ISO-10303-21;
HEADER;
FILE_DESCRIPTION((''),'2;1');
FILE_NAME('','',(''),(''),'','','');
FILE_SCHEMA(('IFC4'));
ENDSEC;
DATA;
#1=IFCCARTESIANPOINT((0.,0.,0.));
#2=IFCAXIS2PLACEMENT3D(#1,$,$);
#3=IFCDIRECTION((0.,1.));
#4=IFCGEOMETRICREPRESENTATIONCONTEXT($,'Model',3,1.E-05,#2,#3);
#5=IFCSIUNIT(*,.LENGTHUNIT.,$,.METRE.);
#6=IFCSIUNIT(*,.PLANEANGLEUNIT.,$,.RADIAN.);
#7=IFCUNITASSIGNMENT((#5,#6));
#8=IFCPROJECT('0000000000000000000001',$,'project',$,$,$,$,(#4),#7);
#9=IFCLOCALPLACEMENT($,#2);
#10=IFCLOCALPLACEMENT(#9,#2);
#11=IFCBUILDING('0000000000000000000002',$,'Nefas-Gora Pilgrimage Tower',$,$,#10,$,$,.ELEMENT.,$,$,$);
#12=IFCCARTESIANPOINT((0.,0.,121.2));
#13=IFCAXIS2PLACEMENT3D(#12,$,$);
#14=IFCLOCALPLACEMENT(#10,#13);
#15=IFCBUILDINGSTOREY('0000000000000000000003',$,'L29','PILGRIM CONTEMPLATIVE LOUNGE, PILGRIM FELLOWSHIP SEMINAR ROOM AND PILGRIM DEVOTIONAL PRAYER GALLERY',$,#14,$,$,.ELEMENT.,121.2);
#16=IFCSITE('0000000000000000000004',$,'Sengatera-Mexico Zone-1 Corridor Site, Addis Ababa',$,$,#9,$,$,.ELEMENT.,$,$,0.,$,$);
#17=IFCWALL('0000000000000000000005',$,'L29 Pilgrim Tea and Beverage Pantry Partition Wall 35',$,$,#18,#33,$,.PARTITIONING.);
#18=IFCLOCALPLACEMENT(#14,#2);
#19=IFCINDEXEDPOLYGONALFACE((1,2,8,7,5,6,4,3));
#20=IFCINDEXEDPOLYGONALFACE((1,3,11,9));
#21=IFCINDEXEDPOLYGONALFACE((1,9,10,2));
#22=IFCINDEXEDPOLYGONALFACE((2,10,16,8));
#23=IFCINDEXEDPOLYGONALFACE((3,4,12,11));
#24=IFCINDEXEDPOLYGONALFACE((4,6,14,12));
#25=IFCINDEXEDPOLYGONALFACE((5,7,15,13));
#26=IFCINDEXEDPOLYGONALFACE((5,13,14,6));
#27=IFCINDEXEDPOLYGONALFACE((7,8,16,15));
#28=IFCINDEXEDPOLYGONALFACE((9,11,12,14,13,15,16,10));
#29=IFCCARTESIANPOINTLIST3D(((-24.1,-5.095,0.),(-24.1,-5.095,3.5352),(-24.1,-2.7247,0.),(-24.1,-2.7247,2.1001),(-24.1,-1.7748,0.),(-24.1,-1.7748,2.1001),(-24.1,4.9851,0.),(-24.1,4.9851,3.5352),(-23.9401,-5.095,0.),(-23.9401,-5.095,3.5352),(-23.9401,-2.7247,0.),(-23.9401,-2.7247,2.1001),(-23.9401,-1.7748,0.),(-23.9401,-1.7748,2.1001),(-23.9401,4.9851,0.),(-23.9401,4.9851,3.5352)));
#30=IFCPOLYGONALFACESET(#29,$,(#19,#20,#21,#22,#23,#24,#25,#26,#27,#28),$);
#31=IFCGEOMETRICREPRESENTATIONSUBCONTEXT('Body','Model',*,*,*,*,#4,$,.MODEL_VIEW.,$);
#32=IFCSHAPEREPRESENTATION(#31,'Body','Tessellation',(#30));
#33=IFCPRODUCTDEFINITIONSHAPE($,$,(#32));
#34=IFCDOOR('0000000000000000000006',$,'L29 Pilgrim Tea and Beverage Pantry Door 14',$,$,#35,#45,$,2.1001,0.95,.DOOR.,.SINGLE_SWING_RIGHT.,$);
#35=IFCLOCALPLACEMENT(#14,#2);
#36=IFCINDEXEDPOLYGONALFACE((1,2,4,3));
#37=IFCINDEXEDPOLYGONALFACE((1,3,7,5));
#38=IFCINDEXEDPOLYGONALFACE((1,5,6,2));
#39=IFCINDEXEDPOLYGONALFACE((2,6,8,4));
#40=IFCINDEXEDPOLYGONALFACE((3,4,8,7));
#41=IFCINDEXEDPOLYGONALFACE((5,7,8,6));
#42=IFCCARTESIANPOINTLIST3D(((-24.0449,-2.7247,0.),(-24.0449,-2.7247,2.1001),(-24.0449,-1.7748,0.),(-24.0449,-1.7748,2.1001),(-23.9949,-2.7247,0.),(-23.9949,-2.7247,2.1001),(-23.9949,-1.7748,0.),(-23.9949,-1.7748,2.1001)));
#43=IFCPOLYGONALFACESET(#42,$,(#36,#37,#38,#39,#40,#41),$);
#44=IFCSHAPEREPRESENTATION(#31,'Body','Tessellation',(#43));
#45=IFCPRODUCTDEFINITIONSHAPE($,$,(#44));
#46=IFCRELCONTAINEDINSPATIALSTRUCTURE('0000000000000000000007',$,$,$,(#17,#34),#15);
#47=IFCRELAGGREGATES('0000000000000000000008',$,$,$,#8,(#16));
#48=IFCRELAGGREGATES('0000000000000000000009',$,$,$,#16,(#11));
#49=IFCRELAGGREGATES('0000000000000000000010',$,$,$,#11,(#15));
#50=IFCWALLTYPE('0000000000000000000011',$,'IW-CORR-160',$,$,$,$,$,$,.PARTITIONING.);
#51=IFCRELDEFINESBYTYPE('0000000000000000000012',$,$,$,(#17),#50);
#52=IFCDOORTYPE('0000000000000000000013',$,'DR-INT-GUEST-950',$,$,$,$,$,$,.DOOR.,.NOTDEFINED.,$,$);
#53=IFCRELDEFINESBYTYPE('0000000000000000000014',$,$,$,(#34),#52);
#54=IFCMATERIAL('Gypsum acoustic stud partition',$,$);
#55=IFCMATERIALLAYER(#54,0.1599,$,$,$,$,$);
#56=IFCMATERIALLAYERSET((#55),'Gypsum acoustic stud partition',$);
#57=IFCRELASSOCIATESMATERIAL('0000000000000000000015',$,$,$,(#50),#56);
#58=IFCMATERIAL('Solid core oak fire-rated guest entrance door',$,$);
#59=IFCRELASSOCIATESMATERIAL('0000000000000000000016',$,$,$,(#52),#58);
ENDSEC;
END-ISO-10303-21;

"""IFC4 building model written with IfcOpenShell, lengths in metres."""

from ifc_helpers import new_model, si_unit, direction, frame, frame_2d, origin, place, context, subcontext, project, spatial, rectangle, extrude, source, transform, mapped, material, layer, layer_set, type_object, element, fill, save


model = new_model("IFC4")

# Units and contexts
model_context = context("Model", 3, precision=1e-05, world=origin(), true_north=direction((0.0, 1.0)))
body_context = subcontext(model_context, "Body", "Model", "MODEL_VIEW")
ifc_project = project(units=[si_unit("LENGTHUNIT", "METRE"), si_unit("PLANEANGLEUNIT", "RADIAN")], contexts=[model_context])

# Site, building, storey
site_placement = place(None, origin())
site = spatial("IfcSite", under=ifc_project, at=site_placement, Name="Sengatera-Mexico Zone-1 Corridor Site, Addis Ababa", CompositionType="ELEMENT", RefElevation=0.0)
building_placement = place(site_placement, origin())
building = spatial("IfcBuilding", under=site, at=building_placement, Name="Nefas-Gora Pilgrimage Tower", CompositionType="ELEMENT")
storey_placement = place(building_placement, frame((0.0, 0.0, 121.2)))
storey = spatial("IfcBuildingStorey", under=building, at=storey_placement, Name="L29", Description="PILGRIM CONTEMPLATIVE LOUNGE, PILGRIM FELLOWSHIP SEMINAR ROOM AND PILGRIM DEVOTIONAL PRAYER GALLERY", CompositionType="ELEMENT", Elevation=121.2)

# Shared definitions
ifc_material_1 = material(Name="Gypsum acoustic stud partition")
ifc_layer_1 = layer(ifc_material_1, 0.1599)
ifc_layer_set_1 = layer_set([ifc_layer_1], Name="Gypsum acoustic stud partition")
wall_type_1 = type_object("IfcWallType", Name="IW-CORR-160", PredefinedType="PARTITIONING", material=ifc_layer_set_1)
ifc_material_2 = material(Name="Solid core oak fire-rated guest entrance door")
door_type_1 = type_object("IfcDoorType", Name="DR-INT-GUEST-950", OperationType="NOTDEFINED", PredefinedType="DOOR", material=ifc_material_2)
shared_shape_1 = source(origin(), body_context, "Body", "SweptSolid", [
    extrude(rectangle(XDim=0.95, YDim=2.1001, at=frame_2d((0.4751, 1.05))), frame((0.0, 0.0249, 0.0), z_axis=(0.0, -1.0, 0.0), x_axis=(1.0, 0.0, 0.0)), (0.0, 0.0, 1.0), 0.05),
])

# Wall, opening, door
shared_shape_2 = source(origin(), body_context, "Body", "SweptSolid", [
    extrude(rectangle(XDim=10.0801, YDim=0.1599, at=frame_2d((5.04, 0.0))), origin(), (0.0, 0.0, 1.0), 3.5352),
])
wall_1_placement = place(storey_placement, frame((-24.02, -5.095, 0.0), z_axis=(0.0, 0.0, 1.0), x_axis=(0.0, 1.0, 0.0)))
wall_1 = element("IfcWall", 1, at=wall_1_placement, inside=storey, type_object=wall_type_1, Name="L29 Pilgrim Tea and Beverage Pantry Partition Wall 35", PredefinedType="PARTITIONING", context=body_context, shape_type="MappedRepresentation", body=[
    mapped(shared_shape_2, transform((0.0, 0.0, 0.0), x_axis=(1.0, 0.0, 0.0), y_axis=(0.0, 1.0, 0.0), z_axis=(0.0, 0.0, 1.0), scale=1.0)),
])
opening_1_placement = place(wall_1_placement, frame((2.3701, 0.0, 0.0)))
opening_1 = element("IfcOpeningElement", 2, at=opening_1_placement, cuts=wall_1, PredefinedType="OPENING", context=body_context, shape_type="SweptSolid", body=[
    extrude(rectangle(XDim=0.95, YDim=2.1001, at=frame_2d((0.4751, 1.05))), frame((0.0, 0.0898, 0.0), z_axis=(0.0, -1.0, 0.0), x_axis=(1.0, 0.0, 0.0)), (0.0, 0.0, 1.0), 0.1799),
])
door_1_placement = place(opening_1_placement, origin())
door_1 = element("IfcDoor", 3, at=door_1_placement, inside=storey, type_object=door_type_1, Name="L29 Pilgrim Tea and Beverage Pantry Door 14", OperationType="SINGLE_SWING_RIGHT", OverallHeight=2.1001, OverallWidth=0.95, PredefinedType="DOOR", context=body_context, shape_type="MappedRepresentation", body=[
    mapped(shared_shape_1, transform((0.0, 0.0, 0.0), x_axis=(1.0, 0.0, 0.0), y_axis=(0.0, 1.0, 0.0), z_axis=(0.0, 0.0, 1.0), scale=1.0)),
])
fill(opening_1, door_1)

save(model, "model.ifc")
